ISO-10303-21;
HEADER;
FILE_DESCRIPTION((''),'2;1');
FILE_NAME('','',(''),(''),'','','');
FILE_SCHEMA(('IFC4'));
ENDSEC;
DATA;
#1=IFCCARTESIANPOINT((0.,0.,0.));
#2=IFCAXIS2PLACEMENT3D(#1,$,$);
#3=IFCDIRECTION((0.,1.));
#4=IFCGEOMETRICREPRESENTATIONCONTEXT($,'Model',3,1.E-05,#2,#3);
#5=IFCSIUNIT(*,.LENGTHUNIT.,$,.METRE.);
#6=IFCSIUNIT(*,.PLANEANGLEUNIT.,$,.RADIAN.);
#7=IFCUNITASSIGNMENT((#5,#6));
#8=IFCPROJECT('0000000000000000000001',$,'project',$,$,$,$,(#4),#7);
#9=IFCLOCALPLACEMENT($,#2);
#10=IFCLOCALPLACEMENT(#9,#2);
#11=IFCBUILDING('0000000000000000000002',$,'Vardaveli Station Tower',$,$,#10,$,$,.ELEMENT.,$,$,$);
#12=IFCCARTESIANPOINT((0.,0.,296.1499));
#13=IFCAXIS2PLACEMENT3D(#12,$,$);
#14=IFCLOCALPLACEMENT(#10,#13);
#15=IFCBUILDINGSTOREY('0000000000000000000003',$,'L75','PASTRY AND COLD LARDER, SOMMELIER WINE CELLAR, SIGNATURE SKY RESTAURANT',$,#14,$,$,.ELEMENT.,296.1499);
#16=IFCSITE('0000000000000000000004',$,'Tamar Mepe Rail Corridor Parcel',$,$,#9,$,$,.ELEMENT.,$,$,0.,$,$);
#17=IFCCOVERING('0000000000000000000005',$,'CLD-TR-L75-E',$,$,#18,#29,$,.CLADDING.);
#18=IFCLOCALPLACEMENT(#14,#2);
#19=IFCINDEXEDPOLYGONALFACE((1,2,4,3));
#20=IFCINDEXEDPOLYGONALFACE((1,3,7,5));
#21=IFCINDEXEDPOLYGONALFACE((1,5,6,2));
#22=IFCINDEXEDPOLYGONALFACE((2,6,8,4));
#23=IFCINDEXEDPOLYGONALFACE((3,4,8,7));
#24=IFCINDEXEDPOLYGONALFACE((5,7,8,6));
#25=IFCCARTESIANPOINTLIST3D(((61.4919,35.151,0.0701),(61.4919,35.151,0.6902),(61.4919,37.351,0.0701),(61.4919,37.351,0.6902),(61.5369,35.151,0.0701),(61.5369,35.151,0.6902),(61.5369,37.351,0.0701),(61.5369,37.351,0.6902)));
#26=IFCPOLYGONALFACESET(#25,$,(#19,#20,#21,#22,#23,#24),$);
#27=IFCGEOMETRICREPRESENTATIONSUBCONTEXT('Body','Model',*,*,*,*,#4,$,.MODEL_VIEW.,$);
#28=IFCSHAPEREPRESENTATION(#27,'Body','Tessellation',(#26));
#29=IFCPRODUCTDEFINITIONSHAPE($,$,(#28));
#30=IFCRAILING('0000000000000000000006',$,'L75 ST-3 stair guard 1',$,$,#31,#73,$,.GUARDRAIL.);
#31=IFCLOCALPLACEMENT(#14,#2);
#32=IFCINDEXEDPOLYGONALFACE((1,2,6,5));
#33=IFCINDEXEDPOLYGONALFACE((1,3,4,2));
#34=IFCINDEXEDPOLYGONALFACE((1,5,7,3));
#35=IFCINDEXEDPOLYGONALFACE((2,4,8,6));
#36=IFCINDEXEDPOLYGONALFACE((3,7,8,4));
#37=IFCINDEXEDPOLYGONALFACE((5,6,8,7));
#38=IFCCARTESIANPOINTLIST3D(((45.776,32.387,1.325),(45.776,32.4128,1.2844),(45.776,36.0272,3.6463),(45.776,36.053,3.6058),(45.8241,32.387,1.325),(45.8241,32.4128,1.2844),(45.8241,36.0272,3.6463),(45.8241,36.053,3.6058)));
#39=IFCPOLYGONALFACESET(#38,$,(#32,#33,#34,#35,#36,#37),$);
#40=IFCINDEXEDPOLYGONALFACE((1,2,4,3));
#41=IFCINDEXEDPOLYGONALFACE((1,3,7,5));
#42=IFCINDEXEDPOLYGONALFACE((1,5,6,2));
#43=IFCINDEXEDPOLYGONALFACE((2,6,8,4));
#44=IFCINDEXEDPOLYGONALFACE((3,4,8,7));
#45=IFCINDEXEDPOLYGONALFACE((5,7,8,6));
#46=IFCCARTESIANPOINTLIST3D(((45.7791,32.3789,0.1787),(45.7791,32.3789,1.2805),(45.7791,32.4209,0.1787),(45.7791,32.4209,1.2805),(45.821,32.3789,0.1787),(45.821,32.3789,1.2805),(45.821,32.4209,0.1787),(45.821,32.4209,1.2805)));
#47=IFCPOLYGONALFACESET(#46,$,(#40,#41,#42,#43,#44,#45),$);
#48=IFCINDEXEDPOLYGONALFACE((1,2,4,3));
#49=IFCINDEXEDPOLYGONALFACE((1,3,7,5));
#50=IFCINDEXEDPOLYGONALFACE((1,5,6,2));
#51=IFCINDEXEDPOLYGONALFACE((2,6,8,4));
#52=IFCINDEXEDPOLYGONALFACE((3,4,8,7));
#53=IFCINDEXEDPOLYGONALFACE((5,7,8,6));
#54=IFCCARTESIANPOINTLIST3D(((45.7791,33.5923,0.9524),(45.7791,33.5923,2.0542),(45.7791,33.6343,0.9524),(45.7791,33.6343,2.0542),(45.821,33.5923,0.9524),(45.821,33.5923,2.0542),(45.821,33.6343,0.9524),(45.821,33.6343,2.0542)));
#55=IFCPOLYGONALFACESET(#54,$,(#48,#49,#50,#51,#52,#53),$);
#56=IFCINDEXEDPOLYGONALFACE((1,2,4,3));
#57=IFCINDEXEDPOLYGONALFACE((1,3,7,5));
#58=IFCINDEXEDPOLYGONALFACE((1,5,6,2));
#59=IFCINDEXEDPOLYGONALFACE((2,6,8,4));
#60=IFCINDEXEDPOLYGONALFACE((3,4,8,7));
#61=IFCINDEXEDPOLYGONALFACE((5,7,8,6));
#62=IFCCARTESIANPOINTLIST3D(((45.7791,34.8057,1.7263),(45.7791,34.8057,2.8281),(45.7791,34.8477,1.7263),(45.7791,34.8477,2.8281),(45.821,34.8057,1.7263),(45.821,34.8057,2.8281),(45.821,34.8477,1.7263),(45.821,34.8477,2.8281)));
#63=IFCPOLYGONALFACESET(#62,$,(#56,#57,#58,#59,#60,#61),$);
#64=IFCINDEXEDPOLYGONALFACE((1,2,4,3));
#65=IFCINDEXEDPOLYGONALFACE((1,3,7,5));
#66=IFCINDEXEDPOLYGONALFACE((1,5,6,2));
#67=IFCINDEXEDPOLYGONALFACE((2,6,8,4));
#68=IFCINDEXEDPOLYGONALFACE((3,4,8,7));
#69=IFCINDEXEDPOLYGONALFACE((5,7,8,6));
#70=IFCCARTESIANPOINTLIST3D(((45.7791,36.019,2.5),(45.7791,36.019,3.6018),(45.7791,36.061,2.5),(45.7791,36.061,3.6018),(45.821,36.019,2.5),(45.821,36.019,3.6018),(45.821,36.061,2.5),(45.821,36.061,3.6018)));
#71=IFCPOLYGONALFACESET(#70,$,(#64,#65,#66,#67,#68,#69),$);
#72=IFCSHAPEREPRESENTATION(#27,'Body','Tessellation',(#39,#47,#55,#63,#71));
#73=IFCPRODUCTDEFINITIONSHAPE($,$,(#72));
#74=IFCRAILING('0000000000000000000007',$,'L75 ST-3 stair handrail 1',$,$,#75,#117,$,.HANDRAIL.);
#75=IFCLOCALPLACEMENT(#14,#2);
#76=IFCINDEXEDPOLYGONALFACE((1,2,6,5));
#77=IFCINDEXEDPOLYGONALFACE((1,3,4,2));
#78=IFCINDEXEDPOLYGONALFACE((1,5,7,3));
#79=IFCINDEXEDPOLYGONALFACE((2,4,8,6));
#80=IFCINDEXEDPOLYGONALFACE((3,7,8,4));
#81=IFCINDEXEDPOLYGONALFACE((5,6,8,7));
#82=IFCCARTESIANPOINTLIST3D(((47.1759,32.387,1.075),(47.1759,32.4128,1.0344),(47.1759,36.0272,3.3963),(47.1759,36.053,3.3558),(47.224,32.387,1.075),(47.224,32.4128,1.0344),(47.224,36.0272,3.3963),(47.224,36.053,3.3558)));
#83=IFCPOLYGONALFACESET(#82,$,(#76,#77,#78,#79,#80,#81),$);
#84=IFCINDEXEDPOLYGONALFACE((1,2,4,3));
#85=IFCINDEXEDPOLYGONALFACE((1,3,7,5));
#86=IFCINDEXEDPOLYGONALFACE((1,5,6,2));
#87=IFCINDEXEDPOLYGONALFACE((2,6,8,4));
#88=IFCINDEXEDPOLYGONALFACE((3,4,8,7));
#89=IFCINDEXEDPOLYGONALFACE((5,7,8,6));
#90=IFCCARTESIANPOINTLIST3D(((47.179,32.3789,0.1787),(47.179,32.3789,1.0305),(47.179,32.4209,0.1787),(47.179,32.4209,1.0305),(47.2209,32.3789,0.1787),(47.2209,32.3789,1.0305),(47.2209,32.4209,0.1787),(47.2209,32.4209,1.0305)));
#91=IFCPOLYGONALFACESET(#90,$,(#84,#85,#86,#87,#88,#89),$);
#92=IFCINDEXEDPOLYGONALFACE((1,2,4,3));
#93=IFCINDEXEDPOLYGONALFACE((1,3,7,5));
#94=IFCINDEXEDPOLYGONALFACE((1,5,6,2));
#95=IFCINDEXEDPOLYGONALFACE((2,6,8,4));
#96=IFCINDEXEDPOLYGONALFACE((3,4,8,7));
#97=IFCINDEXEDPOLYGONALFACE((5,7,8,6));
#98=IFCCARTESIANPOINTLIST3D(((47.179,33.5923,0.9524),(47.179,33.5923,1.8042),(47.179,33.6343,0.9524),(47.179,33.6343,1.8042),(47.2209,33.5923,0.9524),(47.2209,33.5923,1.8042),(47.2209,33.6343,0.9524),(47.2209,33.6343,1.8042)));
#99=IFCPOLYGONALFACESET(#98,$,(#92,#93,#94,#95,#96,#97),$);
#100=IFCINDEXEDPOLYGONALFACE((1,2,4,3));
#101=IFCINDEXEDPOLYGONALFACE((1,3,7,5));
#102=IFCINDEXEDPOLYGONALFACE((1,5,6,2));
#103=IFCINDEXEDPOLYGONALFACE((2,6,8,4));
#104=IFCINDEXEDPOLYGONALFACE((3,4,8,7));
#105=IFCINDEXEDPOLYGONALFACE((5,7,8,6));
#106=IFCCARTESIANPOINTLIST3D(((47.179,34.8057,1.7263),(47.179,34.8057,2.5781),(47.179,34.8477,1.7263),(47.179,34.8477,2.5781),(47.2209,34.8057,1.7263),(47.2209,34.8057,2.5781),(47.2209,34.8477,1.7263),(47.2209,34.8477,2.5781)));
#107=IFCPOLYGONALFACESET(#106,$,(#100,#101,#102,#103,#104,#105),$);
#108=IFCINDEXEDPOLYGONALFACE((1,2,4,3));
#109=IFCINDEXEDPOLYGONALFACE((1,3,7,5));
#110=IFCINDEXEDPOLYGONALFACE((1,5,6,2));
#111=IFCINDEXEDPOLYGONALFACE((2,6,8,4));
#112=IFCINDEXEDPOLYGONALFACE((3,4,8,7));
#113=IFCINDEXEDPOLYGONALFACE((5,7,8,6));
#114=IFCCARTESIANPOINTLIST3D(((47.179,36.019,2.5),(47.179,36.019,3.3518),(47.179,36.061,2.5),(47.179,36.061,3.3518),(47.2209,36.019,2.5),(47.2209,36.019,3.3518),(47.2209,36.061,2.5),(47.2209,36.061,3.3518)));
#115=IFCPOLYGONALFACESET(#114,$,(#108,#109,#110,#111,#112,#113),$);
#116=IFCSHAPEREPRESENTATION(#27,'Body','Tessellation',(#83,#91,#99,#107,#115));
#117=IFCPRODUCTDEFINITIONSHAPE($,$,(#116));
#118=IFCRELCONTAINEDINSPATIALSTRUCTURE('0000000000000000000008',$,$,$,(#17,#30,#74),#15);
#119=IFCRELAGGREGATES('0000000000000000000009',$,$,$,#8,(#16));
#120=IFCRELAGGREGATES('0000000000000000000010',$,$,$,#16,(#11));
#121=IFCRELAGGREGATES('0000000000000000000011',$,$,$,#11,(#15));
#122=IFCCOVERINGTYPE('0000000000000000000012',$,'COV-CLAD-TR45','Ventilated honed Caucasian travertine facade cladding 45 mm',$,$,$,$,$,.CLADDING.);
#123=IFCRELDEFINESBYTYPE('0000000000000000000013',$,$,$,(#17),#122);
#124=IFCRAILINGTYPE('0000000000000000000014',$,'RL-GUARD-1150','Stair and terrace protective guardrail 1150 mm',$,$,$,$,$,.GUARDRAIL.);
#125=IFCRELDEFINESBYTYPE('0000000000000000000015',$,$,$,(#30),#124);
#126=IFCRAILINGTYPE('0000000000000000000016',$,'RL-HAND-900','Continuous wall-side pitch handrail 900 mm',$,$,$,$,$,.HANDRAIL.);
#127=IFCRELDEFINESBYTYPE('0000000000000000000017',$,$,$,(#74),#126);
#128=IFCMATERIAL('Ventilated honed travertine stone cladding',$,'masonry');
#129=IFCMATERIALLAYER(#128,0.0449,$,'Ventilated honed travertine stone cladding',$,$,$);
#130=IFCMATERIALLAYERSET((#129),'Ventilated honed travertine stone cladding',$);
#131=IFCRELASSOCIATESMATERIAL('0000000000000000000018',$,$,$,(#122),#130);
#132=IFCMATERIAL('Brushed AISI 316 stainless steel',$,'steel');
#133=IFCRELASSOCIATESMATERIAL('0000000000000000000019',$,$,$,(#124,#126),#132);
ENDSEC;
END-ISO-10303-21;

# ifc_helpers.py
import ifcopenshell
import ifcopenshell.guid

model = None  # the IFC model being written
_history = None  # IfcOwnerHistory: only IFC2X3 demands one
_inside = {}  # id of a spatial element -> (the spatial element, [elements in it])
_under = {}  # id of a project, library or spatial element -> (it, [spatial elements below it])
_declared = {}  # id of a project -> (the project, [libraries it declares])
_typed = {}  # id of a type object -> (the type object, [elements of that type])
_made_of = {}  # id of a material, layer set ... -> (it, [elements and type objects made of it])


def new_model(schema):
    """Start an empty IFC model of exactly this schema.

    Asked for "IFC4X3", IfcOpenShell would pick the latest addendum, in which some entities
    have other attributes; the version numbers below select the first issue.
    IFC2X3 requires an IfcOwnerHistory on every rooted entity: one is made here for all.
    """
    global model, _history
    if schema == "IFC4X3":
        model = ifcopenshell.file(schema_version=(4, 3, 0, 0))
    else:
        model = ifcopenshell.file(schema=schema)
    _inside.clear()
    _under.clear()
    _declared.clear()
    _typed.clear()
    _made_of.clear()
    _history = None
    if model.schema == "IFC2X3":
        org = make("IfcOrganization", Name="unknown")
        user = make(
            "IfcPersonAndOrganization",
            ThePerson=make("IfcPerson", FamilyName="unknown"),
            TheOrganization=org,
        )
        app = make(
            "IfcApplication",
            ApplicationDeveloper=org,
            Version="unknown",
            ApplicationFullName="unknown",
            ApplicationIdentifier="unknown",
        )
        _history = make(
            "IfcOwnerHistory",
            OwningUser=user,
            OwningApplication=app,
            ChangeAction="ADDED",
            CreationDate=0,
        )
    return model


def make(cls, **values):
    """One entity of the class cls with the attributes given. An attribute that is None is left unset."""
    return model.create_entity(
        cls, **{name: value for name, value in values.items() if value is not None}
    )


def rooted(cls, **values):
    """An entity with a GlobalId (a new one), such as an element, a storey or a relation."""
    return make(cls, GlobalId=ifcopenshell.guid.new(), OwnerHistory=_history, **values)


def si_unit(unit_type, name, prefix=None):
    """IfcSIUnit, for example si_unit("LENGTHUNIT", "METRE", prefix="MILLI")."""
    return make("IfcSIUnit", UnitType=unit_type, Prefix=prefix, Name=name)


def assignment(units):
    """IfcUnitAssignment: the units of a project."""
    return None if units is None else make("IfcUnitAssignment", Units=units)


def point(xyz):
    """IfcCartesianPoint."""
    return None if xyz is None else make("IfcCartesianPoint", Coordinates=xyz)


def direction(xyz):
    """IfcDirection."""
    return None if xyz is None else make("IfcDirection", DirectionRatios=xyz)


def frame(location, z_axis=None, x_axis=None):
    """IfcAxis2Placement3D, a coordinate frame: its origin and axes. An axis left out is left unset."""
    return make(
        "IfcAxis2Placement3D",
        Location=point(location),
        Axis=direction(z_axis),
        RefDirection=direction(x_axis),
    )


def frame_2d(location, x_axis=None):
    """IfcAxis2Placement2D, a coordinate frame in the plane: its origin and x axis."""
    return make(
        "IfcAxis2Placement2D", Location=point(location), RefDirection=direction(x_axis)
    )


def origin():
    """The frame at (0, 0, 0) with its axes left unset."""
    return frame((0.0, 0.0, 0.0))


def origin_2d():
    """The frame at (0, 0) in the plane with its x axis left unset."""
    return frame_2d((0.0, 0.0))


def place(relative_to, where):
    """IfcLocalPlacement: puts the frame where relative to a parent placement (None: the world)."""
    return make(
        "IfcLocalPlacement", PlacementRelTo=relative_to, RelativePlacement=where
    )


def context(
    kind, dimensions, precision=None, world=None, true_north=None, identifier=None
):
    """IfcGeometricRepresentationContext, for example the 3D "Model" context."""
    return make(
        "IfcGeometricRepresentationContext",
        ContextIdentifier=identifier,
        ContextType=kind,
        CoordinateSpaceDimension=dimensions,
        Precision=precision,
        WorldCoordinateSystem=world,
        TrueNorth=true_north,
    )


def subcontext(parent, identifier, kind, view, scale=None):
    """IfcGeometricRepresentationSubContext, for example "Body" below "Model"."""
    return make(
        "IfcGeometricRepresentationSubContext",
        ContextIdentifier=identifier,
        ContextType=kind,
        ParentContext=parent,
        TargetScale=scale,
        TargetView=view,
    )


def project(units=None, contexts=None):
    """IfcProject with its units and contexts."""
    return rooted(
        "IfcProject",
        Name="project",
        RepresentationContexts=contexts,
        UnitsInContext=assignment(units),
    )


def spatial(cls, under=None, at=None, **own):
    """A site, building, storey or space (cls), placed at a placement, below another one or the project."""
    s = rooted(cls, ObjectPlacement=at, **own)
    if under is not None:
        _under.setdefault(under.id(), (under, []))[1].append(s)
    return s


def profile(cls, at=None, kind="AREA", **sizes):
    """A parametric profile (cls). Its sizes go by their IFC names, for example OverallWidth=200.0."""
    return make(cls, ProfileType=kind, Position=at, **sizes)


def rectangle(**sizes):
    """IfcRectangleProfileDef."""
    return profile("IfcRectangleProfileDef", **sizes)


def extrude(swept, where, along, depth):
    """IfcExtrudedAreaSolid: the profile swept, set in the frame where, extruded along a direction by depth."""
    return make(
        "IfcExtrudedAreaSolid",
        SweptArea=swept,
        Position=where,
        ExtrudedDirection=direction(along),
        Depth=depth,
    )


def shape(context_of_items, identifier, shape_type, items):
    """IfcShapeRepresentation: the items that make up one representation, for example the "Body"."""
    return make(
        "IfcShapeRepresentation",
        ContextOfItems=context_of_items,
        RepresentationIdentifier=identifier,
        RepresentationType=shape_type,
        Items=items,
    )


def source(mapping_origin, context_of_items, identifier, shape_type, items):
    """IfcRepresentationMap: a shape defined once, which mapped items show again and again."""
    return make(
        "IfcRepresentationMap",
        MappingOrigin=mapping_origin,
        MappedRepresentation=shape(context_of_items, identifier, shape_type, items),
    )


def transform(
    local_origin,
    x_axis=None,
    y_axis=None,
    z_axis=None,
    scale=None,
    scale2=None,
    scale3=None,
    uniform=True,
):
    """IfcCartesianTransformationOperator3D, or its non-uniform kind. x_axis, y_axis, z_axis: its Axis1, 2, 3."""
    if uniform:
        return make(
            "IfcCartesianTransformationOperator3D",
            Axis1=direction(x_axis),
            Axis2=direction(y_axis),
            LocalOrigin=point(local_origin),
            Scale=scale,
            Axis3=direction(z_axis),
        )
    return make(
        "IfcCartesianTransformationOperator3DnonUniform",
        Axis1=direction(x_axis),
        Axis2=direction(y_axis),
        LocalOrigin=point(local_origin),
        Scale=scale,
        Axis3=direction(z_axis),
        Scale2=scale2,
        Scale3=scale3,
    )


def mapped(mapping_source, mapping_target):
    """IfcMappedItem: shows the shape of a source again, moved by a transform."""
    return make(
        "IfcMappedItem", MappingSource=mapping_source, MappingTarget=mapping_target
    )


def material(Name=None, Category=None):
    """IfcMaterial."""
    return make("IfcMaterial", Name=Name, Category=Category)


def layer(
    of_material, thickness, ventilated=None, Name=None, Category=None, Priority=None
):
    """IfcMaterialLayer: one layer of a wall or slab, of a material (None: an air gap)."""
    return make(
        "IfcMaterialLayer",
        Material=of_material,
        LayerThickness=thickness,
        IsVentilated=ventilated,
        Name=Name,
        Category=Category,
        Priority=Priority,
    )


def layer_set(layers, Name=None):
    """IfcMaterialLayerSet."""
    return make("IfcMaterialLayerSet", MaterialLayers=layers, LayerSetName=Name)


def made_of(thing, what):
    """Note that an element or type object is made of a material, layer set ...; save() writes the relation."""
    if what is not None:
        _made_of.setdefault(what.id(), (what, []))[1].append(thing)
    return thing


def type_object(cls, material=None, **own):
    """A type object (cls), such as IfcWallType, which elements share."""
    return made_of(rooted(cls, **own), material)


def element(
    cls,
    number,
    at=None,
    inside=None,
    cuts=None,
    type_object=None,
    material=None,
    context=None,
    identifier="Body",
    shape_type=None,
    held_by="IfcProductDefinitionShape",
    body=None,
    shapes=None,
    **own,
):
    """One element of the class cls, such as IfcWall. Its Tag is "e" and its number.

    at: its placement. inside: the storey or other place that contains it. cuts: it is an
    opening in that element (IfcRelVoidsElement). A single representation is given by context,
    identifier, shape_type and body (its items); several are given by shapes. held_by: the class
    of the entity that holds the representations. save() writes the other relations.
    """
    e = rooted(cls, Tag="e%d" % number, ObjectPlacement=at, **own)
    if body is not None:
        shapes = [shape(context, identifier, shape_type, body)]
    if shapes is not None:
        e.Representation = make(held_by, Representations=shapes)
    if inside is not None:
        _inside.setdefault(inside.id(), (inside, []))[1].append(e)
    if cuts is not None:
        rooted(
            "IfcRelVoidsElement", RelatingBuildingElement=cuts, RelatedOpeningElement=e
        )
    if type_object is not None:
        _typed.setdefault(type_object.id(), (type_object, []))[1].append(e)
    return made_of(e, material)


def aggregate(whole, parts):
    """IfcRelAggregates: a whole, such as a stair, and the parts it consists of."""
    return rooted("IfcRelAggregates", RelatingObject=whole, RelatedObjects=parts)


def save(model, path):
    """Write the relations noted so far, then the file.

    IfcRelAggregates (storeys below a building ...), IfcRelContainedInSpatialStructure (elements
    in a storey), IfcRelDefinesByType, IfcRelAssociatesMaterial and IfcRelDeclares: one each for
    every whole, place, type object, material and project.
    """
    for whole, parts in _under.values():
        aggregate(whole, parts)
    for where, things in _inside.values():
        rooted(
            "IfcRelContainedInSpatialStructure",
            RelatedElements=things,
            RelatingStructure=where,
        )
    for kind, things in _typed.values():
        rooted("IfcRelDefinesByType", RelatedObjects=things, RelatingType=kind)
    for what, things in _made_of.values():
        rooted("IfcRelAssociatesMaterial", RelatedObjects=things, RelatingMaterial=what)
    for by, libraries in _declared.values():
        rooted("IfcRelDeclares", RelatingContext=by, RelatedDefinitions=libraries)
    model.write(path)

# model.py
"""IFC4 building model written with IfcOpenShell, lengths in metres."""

from ifc_helpers import new_model, si_unit, direction, frame, origin, origin_2d, place, context, subcontext, project, spatial, rectangle, extrude, source, transform, mapped, material, layer, layer_set, type_object, element, save


model = new_model("IFC4")

# Units and contexts
model_context = context("Model", 3, precision=1e-05, world=origin(), true_north=direction((0.0, 1.0)))
body_context = subcontext(model_context, "Body", "Model", "MODEL_VIEW")
ifc_project = project(units=[si_unit("LENGTHUNIT", "METRE"), si_unit("PLANEANGLEUNIT", "RADIAN")], contexts=[model_context])

# Site, building, storey
site_placement = place(None, origin())
site = spatial("IfcSite", under=ifc_project, at=site_placement, Name="Tamar Mepe Rail Corridor Parcel", CompositionType="ELEMENT", RefElevation=0.0)
building_placement = place(site_placement, origin())
building = spatial("IfcBuilding", under=site, at=building_placement, Name="Vardaveli Station Tower", CompositionType="ELEMENT")
storey_placement = place(building_placement, frame((0.0, 0.0, 296.1499)))
storey = spatial("IfcBuildingStorey", under=building, at=storey_placement, Name="L75", Description="PASTRY AND COLD LARDER, SOMMELIER WINE CELLAR, SIGNATURE SKY RESTAURANT", CompositionType="ELEMENT", Elevation=296.1499)

# Covering
ifc_material_1 = material(Name="Ventilated honed travertine stone cladding", Category="masonry")
ifc_layer_1 = layer(ifc_material_1, 0.0449, Name="Ventilated honed travertine stone cladding")
ifc_layer_set_1 = layer_set([ifc_layer_1], Name="Ventilated honed travertine stone cladding")
covering_type = type_object("IfcCoveringType", Name="COV-CLAD-TR45", Description="Ventilated honed Caucasian travertine facade cladding 45 mm", PredefinedType="CLADDING", material=ifc_layer_set_1)
shared_shape_1 = source(origin(), body_context, "Body", "SweptSolid", [
    extrude(rectangle(XDim=2.2, YDim=0.0449, at=origin_2d()), origin(), (0.0, 0.0, 1.0), 0.6201),
])
covering_placement = place(storey_placement, frame((61.5144, 36.251, 0.0701), z_axis=(0.0, 0.0, 1.0), x_axis=(0.0, 1.0, 0.0)))
element("IfcCovering", 1, at=covering_placement, inside=storey, type_object=covering_type, Name="CLD-TR-L75-E", PredefinedType="CLADDING", context=body_context, shape_type="MappedRepresentation", body=[
    mapped(shared_shape_1, transform((0.0, 0.0, 0.0), scale=1.0)),
])

# Railings
ifc_material_2 = material(Name="Brushed AISI 316 stainless steel", Category="steel")
railing_type_1 = type_object("IfcRailingType", Name="RL-GUARD-1150", Description="Stair and terrace protective guardrail 1150 mm", PredefinedType="GUARDRAIL", material=ifc_material_2)
shared_shape_2 = source(origin(), body_context, "Body", "SweptSolid", [
    extrude(rectangle(XDim=0.0481, YDim=0.0481, at=origin_2d()), frame((0.0, 0.0, 1.126), z_axis=(0.0, 0.843153, 0.537673), x_axis=(-1.0, 0.0, 0.0)), (0.0, 0.0, 1.0), 4.3174),
    extrude(rectangle(XDim=0.042, YDim=0.042, at=origin_2d()), origin(), (0.0, 0.0, 1.0), 1.1018),
    extrude(rectangle(XDim=0.042, YDim=0.042, at=origin_2d()), frame((0.0, 1.2134, 0.7737)), (0.0, 0.0, 1.0), 1.1018),
    extrude(rectangle(XDim=0.042, YDim=0.042, at=origin_2d()), frame((0.0, 2.4268, 1.5476)), (0.0, 0.0, 1.0), 1.1018),
    extrude(rectangle(XDim=0.042, YDim=0.042, at=origin_2d()), frame((0.0, 3.6401, 2.3213)), (0.0, 0.0, 1.0), 1.1018),
])
railing_1_placement = place(storey_placement, frame((45.8, 32.3999, 0.1787)))
element("IfcRailing", 2, at=railing_1_placement, inside=storey, type_object=railing_type_1, Name="L75 ST-3 stair guard 1", PredefinedType="GUARDRAIL", context=body_context, shape_type="MappedRepresentation", body=[
    mapped(shared_shape_2, transform((0.0, 0.0, 0.0), scale=1.0)),
])
railing_type_2 = type_object("IfcRailingType", Name="RL-HAND-900", Description="Continuous wall-side pitch handrail 900 mm", PredefinedType="HANDRAIL", material=ifc_material_2)
shared_shape_3 = source(origin(), body_context, "Body", "SweptSolid", [
    extrude(rectangle(XDim=0.0481, YDim=0.0481, at=origin_2d()), frame((0.0, 0.0, 0.876), z_axis=(0.0, 0.843153, 0.537673), x_axis=(-1.0, 0.0, 0.0)), (0.0, 0.0, 1.0), 4.3174),
    extrude(rectangle(XDim=0.042, YDim=0.042, at=origin_2d()), origin(), (0.0, 0.0, 1.0), 0.8518),
    extrude(rectangle(XDim=0.042, YDim=0.042, at=origin_2d()), frame((0.0, 1.2134, 0.7737)), (0.0, 0.0, 1.0), 0.8518),
    extrude(rectangle(XDim=0.042, YDim=0.042, at=origin_2d()), frame((0.0, 2.4268, 1.5476)), (0.0, 0.0, 1.0), 0.8518),
    extrude(rectangle(XDim=0.042, YDim=0.042, at=origin_2d()), frame((0.0, 3.6401, 2.3213)), (0.0, 0.0, 1.0), 0.8518),
])
railing_2_placement = place(storey_placement, frame((47.2, 32.3999, 0.1787)))
element("IfcRailing", 3, at=railing_2_placement, inside=storey, type_object=railing_type_2, Name="L75 ST-3 stair handrail 1", PredefinedType="HANDRAIL", context=body_context, shape_type="MappedRepresentation", body=[
    mapped(shared_shape_3, transform((0.0, 0.0, 0.0), scale=1.0)),
])

save(model, "model.ifc")
